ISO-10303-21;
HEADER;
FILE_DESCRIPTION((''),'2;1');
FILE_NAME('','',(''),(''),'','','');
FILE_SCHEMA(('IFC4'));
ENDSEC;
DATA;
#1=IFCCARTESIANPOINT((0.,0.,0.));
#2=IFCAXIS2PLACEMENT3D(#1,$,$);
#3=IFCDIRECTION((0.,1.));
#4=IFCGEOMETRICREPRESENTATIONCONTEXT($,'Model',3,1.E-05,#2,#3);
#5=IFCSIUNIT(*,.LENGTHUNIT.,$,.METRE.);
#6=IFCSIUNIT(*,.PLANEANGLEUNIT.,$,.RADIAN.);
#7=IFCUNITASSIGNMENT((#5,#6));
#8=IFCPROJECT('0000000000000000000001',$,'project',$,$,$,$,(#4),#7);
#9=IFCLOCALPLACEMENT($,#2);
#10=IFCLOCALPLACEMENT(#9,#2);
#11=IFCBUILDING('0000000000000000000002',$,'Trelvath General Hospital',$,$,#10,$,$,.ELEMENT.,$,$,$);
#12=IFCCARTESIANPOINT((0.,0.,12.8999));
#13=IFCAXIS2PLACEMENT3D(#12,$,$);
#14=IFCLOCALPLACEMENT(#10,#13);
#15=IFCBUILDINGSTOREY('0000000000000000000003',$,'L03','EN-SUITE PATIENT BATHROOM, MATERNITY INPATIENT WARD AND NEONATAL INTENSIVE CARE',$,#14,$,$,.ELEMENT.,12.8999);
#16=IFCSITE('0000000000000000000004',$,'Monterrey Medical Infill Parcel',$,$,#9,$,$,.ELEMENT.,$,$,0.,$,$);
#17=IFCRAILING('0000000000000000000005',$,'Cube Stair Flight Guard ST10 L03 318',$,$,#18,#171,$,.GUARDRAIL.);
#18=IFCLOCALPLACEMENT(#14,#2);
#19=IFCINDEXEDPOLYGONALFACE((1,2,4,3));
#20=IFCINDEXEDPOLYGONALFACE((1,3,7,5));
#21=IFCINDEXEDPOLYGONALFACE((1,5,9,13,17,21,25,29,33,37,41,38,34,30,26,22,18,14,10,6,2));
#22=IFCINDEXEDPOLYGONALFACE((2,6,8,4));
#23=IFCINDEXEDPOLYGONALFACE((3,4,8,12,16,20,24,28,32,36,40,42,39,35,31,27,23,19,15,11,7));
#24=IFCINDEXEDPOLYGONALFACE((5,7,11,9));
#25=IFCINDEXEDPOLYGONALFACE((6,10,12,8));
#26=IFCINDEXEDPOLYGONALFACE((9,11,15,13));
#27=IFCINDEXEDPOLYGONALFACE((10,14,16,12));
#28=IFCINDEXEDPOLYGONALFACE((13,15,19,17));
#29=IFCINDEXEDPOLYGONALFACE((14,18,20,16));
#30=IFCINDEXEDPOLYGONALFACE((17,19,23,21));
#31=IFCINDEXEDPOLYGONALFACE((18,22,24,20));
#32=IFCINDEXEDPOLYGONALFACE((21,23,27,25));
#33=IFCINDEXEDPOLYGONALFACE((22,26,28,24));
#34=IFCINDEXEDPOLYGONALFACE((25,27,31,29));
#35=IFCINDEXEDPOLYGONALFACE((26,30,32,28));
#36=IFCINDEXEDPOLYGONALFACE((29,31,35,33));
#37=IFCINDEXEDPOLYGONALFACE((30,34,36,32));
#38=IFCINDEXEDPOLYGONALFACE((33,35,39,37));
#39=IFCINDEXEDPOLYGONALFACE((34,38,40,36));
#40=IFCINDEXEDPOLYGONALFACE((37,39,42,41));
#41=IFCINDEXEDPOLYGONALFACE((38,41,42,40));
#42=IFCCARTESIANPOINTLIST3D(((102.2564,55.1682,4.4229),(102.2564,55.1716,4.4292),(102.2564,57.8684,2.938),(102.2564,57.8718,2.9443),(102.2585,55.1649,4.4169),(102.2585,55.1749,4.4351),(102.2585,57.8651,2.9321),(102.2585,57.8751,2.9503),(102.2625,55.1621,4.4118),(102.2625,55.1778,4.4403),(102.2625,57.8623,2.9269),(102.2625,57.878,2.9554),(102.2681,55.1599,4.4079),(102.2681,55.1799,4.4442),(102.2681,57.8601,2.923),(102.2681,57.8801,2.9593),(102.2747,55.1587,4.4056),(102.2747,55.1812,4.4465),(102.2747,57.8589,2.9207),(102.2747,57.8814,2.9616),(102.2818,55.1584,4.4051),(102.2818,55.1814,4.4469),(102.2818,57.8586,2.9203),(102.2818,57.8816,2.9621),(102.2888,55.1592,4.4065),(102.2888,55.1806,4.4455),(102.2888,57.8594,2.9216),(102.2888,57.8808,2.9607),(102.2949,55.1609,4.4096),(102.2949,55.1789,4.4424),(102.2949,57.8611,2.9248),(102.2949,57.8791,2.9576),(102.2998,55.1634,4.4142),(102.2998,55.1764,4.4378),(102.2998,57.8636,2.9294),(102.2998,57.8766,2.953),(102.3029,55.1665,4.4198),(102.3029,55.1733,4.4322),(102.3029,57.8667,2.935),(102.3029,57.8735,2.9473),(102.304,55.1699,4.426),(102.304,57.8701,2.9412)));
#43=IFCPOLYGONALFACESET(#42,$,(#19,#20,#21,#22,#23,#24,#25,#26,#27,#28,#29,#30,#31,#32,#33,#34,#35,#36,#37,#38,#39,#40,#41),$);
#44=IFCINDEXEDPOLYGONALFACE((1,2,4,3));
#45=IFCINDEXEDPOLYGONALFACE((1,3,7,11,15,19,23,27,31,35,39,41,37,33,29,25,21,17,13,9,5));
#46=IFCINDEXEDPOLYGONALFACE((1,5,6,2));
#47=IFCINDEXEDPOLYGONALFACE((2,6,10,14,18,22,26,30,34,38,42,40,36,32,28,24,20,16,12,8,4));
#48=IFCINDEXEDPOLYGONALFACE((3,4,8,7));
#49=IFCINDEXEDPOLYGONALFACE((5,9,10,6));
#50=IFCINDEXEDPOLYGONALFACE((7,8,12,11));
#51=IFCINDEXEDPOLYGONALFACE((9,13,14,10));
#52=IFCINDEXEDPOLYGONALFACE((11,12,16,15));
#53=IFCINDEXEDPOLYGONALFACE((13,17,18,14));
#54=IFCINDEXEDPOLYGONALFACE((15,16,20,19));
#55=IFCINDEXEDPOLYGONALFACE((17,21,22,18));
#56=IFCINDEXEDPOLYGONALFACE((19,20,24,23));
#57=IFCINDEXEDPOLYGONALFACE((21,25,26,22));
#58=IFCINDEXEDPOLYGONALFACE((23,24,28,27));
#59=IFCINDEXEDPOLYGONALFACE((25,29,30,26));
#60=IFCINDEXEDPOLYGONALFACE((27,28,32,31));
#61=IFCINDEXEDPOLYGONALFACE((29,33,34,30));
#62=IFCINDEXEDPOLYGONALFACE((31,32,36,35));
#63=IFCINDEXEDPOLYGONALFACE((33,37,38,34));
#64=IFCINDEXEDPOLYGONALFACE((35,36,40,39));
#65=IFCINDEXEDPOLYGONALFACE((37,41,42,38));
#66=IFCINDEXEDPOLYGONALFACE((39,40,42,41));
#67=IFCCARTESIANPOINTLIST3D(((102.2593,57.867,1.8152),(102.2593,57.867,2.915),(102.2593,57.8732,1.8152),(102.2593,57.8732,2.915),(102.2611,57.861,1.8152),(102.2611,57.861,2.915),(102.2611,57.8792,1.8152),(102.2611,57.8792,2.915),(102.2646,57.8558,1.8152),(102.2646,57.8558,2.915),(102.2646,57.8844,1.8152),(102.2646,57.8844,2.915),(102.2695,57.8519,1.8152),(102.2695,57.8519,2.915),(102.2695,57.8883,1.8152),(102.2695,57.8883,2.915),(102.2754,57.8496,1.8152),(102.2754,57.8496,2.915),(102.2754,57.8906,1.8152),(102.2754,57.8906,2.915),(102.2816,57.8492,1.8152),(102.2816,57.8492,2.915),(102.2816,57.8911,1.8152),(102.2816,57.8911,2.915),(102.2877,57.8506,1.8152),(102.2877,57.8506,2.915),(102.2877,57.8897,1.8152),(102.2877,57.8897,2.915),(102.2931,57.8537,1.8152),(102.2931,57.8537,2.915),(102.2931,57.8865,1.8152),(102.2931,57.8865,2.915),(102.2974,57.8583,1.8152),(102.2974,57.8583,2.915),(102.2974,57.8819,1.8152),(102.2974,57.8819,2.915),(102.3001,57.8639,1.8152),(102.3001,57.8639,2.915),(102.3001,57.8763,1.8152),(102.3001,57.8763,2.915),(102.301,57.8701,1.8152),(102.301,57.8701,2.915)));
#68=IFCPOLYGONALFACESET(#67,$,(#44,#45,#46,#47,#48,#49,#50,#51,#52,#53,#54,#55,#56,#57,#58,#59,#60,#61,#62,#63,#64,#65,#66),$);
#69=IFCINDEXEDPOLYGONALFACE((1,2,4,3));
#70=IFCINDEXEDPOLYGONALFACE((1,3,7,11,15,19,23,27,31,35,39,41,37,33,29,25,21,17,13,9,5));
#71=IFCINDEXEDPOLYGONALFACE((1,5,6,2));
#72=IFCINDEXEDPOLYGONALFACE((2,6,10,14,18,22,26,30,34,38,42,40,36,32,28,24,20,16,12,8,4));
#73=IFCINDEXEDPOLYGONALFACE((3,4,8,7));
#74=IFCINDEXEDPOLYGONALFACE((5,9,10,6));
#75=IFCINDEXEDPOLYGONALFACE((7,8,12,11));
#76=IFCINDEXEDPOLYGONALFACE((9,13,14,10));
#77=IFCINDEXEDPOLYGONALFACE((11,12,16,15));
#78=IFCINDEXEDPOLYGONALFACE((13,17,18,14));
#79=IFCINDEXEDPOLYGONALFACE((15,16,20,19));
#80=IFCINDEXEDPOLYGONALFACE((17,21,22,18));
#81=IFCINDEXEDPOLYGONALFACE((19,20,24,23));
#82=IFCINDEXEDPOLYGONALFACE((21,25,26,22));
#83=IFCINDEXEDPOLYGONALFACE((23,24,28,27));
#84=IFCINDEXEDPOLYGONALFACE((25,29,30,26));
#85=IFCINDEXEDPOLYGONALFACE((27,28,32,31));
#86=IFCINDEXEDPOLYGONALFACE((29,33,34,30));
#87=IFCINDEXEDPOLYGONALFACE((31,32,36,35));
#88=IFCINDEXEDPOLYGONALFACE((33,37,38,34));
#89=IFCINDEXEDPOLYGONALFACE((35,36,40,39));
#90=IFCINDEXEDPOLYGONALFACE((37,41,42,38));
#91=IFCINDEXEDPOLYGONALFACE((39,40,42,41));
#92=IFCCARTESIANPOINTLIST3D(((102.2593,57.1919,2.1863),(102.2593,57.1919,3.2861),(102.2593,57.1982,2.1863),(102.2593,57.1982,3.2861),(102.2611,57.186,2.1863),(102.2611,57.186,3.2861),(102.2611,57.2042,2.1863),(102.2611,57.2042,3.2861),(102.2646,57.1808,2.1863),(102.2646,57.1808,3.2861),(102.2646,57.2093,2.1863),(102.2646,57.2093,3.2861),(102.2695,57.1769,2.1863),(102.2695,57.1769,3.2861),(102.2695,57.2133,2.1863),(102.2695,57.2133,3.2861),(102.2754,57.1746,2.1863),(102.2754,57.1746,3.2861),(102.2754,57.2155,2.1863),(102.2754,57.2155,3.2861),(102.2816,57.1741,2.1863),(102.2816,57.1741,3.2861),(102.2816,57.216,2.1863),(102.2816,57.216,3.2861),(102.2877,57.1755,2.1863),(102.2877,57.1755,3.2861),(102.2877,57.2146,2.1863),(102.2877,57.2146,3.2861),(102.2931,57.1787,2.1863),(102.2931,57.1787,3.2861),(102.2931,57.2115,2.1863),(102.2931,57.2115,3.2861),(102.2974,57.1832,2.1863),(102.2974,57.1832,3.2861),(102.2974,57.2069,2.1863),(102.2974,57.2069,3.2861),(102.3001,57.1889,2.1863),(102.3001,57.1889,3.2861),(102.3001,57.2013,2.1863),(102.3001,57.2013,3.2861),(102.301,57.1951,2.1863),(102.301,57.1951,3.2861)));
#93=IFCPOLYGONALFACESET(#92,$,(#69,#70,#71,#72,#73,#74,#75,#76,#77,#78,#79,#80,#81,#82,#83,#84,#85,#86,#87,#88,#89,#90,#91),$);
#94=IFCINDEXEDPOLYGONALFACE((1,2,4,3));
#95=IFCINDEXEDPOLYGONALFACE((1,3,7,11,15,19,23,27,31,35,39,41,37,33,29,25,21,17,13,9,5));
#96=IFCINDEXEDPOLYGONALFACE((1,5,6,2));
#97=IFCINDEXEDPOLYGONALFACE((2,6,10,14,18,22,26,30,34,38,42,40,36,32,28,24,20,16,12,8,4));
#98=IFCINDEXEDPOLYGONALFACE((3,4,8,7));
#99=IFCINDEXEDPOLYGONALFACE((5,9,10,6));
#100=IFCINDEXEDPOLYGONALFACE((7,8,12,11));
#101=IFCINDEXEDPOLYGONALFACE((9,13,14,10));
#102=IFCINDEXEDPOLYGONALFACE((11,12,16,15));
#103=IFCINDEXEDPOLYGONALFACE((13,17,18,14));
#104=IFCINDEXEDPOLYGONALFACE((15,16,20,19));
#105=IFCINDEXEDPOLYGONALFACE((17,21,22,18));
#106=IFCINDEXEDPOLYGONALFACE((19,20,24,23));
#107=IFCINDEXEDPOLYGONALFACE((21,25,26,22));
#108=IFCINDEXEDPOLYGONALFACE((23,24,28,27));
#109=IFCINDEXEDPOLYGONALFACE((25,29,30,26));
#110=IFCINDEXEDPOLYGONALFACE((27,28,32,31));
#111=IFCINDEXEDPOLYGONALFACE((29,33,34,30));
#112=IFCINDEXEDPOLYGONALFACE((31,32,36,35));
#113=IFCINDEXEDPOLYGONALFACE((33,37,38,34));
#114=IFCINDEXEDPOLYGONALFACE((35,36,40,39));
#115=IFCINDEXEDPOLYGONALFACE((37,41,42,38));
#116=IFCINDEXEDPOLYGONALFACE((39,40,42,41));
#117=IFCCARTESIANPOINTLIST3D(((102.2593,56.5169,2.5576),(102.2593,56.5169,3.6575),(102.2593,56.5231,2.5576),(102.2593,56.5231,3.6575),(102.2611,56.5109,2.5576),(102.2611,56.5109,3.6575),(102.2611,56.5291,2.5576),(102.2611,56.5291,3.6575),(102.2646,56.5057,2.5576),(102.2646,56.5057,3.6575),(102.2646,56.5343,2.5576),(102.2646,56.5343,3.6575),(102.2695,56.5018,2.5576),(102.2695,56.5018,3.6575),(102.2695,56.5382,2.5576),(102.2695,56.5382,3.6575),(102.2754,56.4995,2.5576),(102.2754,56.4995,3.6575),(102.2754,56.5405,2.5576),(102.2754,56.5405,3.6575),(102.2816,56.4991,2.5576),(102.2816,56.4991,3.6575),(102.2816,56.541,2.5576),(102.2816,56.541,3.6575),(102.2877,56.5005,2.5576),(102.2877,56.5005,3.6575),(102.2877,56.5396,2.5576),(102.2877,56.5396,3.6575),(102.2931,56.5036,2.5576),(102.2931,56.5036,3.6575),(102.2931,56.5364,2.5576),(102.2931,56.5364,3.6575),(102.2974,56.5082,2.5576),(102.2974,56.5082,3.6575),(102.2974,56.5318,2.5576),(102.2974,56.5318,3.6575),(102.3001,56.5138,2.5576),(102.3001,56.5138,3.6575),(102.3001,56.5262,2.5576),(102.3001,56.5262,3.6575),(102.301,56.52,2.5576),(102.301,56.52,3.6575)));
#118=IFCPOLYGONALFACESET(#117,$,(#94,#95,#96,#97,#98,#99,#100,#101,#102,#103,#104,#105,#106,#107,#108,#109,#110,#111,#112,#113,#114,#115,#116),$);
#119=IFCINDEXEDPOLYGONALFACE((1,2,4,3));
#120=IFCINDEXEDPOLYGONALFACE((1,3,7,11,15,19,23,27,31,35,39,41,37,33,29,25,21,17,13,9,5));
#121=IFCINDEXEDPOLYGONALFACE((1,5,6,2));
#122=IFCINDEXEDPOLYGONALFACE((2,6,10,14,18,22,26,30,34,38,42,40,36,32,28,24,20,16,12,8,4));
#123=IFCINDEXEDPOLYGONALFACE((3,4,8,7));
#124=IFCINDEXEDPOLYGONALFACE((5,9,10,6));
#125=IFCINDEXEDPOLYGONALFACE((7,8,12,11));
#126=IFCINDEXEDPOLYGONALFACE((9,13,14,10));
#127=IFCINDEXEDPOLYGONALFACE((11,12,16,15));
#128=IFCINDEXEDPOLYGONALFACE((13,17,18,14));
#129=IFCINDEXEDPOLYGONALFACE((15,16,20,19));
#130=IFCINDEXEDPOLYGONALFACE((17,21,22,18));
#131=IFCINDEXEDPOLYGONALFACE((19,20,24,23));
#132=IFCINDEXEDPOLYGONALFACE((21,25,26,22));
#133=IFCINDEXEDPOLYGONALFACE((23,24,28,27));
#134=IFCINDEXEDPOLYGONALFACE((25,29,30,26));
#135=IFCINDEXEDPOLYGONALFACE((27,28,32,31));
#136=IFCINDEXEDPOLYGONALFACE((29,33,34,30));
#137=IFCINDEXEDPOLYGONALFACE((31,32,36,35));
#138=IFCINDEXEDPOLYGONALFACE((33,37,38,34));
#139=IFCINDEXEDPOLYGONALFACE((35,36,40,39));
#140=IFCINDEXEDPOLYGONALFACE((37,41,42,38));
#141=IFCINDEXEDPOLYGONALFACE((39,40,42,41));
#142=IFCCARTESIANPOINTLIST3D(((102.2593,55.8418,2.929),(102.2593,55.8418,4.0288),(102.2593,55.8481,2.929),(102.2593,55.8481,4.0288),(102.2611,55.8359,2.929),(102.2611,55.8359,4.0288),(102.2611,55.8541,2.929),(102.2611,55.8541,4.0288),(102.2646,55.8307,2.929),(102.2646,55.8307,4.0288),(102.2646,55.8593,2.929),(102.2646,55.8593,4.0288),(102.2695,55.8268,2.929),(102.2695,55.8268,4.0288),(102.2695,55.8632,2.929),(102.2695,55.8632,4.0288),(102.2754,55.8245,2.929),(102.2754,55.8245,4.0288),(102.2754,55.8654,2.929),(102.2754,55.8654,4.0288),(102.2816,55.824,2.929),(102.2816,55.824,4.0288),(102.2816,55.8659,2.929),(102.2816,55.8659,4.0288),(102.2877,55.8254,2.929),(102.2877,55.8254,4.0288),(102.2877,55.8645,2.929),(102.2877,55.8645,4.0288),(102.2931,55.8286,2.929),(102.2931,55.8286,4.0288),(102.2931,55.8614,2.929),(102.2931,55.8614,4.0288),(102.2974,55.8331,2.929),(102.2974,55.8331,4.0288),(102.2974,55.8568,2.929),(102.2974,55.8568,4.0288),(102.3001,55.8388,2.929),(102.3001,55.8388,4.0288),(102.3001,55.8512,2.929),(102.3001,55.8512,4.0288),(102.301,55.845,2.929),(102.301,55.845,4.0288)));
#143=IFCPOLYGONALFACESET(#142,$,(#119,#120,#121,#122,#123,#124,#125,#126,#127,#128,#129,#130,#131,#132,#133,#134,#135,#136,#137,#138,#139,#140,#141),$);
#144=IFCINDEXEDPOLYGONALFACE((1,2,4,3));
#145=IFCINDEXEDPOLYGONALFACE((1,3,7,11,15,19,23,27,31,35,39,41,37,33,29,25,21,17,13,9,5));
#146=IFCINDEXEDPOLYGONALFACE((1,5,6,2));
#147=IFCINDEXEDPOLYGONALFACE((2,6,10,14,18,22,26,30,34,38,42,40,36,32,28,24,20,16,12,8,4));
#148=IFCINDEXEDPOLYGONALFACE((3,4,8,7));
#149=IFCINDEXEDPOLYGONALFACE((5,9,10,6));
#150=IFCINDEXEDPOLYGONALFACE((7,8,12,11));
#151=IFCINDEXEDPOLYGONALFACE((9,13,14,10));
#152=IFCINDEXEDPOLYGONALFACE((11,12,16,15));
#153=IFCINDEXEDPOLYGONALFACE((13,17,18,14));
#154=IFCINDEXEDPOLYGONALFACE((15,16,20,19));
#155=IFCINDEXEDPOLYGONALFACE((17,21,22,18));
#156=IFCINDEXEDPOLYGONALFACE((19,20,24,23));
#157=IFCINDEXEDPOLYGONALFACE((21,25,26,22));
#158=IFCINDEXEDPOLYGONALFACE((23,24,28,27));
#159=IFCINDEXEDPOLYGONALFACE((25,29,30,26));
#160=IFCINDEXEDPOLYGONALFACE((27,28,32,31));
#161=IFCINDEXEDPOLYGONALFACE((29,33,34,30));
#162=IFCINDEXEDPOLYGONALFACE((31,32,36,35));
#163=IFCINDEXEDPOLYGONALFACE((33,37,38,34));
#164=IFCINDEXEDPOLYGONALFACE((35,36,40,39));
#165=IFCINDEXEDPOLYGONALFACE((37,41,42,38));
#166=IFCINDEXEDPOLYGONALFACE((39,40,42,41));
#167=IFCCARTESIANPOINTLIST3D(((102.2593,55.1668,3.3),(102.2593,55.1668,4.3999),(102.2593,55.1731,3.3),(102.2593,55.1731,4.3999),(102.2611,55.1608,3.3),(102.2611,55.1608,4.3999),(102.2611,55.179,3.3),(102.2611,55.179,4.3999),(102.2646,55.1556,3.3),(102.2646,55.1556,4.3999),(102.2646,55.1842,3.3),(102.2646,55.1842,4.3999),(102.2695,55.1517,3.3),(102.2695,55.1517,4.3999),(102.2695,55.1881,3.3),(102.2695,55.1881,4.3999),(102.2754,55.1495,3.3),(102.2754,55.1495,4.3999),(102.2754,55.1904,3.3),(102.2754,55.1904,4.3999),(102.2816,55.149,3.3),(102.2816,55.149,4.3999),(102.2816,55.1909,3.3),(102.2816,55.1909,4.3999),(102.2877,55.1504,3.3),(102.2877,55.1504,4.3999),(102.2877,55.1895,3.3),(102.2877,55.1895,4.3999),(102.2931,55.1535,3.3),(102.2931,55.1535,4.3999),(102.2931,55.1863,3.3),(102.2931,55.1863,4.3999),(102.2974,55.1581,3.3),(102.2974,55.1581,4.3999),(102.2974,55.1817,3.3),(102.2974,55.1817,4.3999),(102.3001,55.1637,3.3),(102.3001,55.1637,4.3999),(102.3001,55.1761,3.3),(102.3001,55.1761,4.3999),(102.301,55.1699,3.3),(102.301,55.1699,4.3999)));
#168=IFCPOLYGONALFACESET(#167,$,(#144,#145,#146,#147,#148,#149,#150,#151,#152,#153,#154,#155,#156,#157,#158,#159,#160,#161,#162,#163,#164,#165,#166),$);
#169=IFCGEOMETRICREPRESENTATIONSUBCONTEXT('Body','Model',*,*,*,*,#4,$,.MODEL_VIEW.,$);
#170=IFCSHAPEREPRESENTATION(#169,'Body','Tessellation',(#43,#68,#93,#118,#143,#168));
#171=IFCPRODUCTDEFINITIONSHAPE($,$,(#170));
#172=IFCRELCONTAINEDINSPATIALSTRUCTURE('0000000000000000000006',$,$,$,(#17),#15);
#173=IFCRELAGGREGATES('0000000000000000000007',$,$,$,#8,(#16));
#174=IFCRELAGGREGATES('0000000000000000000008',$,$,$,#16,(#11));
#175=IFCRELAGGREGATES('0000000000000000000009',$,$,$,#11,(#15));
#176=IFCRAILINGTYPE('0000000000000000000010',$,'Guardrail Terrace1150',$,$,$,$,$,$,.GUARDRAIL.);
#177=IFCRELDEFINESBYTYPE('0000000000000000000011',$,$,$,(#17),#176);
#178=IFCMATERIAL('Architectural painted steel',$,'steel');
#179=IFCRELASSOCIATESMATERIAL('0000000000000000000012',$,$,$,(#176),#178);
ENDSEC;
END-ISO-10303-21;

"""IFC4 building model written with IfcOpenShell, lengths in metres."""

from ifc_helpers import new_model, si_unit, direction, frame, origin, origin_2d, place, context, subcontext, project, spatial, circle, extrude, material, type_object, element, save


model = new_model("IFC4")

# Units and contexts
model_context = context("Model", 3, precision=1e-05, world=origin(), true_north=direction((0.0, 1.0)))
body_context = subcontext(model_context, "Body", "Model", "MODEL_VIEW")
ifc_project = project(units=[si_unit("LENGTHUNIT", "METRE"), si_unit("PLANEANGLEUNIT", "RADIAN")], contexts=[model_context])

# Site, building, storey
site_placement = place(None, origin())
site = spatial("IfcSite", under=ifc_project, at=site_placement, Name="Monterrey Medical Infill Parcel", CompositionType="ELEMENT", RefElevation=0.0)
building_placement = place(site_placement, origin())
building = spatial("IfcBuilding", under=site, at=building_placement, Name="Trelvath General Hospital", CompositionType="ELEMENT")
storey_placement = place(building_placement, frame((0.0, 0.0, 12.8999)))
storey = spatial("IfcBuildingStorey", under=building, at=storey_placement, Name="L03", Description="EN-SUITE PATIENT BATHROOM, MATERNITY INPATIENT WARD AND NEONATAL INTENSIVE CARE", CompositionType="ELEMENT", Elevation=12.8999)

# Railing
ifc_material_1 = material(Name="Architectural painted steel", Category="steel")
railing_type = type_object("IfcRailingType", Name="Guardrail Terrace1150", PredefinedType="GUARDRAIL", material=ifc_material_1)
for number, where, name in (
    (1, (102.28, 57.8701, 1.8152), "Cube Stair Flight Guard ST10 L03 318"),
):
    element("IfcRailing", number, at=place(storey_placement, frame(where)), inside=storey, type_object=railing_type, Name=name, PredefinedType="GUARDRAIL", context=body_context, shape_type="SweptSolid", body=[
        extrude(circle(Radius=0.0239, at=origin_2d()), frame((0.0, 0.0, 1.126), z_axis=(0.0, -0.876249, 0.481858), x_axis=(1.0, 0.0, 0.0)), (0.0, 0.0, 1.0), 3.0815),
        extrude(circle(Radius=0.021, at=origin_2d()), origin(), (0.0, 0.0, 1.0), 1.0999),
        extrude(circle(Radius=0.021, at=origin_2d()), frame((0.0, -0.675, 0.3711)), (0.0, 0.0, 1.0), 1.0999),
        extrude(circle(Radius=0.021, at=origin_2d()), frame((0.0, -1.3501, 0.7424)), (0.0, 0.0, 1.0), 1.0999),
        extrude(circle(Radius=0.021, at=origin_2d()), frame((0.0, -2.0251, 1.1138)), (0.0, 0.0, 1.0), 1.0999),
        extrude(circle(Radius=0.021, at=origin_2d()), frame((0.0, -2.7002, 1.4849)), (0.0, 0.0, 1.0), 1.0999),
    ])

save(model, "model.ifc")
